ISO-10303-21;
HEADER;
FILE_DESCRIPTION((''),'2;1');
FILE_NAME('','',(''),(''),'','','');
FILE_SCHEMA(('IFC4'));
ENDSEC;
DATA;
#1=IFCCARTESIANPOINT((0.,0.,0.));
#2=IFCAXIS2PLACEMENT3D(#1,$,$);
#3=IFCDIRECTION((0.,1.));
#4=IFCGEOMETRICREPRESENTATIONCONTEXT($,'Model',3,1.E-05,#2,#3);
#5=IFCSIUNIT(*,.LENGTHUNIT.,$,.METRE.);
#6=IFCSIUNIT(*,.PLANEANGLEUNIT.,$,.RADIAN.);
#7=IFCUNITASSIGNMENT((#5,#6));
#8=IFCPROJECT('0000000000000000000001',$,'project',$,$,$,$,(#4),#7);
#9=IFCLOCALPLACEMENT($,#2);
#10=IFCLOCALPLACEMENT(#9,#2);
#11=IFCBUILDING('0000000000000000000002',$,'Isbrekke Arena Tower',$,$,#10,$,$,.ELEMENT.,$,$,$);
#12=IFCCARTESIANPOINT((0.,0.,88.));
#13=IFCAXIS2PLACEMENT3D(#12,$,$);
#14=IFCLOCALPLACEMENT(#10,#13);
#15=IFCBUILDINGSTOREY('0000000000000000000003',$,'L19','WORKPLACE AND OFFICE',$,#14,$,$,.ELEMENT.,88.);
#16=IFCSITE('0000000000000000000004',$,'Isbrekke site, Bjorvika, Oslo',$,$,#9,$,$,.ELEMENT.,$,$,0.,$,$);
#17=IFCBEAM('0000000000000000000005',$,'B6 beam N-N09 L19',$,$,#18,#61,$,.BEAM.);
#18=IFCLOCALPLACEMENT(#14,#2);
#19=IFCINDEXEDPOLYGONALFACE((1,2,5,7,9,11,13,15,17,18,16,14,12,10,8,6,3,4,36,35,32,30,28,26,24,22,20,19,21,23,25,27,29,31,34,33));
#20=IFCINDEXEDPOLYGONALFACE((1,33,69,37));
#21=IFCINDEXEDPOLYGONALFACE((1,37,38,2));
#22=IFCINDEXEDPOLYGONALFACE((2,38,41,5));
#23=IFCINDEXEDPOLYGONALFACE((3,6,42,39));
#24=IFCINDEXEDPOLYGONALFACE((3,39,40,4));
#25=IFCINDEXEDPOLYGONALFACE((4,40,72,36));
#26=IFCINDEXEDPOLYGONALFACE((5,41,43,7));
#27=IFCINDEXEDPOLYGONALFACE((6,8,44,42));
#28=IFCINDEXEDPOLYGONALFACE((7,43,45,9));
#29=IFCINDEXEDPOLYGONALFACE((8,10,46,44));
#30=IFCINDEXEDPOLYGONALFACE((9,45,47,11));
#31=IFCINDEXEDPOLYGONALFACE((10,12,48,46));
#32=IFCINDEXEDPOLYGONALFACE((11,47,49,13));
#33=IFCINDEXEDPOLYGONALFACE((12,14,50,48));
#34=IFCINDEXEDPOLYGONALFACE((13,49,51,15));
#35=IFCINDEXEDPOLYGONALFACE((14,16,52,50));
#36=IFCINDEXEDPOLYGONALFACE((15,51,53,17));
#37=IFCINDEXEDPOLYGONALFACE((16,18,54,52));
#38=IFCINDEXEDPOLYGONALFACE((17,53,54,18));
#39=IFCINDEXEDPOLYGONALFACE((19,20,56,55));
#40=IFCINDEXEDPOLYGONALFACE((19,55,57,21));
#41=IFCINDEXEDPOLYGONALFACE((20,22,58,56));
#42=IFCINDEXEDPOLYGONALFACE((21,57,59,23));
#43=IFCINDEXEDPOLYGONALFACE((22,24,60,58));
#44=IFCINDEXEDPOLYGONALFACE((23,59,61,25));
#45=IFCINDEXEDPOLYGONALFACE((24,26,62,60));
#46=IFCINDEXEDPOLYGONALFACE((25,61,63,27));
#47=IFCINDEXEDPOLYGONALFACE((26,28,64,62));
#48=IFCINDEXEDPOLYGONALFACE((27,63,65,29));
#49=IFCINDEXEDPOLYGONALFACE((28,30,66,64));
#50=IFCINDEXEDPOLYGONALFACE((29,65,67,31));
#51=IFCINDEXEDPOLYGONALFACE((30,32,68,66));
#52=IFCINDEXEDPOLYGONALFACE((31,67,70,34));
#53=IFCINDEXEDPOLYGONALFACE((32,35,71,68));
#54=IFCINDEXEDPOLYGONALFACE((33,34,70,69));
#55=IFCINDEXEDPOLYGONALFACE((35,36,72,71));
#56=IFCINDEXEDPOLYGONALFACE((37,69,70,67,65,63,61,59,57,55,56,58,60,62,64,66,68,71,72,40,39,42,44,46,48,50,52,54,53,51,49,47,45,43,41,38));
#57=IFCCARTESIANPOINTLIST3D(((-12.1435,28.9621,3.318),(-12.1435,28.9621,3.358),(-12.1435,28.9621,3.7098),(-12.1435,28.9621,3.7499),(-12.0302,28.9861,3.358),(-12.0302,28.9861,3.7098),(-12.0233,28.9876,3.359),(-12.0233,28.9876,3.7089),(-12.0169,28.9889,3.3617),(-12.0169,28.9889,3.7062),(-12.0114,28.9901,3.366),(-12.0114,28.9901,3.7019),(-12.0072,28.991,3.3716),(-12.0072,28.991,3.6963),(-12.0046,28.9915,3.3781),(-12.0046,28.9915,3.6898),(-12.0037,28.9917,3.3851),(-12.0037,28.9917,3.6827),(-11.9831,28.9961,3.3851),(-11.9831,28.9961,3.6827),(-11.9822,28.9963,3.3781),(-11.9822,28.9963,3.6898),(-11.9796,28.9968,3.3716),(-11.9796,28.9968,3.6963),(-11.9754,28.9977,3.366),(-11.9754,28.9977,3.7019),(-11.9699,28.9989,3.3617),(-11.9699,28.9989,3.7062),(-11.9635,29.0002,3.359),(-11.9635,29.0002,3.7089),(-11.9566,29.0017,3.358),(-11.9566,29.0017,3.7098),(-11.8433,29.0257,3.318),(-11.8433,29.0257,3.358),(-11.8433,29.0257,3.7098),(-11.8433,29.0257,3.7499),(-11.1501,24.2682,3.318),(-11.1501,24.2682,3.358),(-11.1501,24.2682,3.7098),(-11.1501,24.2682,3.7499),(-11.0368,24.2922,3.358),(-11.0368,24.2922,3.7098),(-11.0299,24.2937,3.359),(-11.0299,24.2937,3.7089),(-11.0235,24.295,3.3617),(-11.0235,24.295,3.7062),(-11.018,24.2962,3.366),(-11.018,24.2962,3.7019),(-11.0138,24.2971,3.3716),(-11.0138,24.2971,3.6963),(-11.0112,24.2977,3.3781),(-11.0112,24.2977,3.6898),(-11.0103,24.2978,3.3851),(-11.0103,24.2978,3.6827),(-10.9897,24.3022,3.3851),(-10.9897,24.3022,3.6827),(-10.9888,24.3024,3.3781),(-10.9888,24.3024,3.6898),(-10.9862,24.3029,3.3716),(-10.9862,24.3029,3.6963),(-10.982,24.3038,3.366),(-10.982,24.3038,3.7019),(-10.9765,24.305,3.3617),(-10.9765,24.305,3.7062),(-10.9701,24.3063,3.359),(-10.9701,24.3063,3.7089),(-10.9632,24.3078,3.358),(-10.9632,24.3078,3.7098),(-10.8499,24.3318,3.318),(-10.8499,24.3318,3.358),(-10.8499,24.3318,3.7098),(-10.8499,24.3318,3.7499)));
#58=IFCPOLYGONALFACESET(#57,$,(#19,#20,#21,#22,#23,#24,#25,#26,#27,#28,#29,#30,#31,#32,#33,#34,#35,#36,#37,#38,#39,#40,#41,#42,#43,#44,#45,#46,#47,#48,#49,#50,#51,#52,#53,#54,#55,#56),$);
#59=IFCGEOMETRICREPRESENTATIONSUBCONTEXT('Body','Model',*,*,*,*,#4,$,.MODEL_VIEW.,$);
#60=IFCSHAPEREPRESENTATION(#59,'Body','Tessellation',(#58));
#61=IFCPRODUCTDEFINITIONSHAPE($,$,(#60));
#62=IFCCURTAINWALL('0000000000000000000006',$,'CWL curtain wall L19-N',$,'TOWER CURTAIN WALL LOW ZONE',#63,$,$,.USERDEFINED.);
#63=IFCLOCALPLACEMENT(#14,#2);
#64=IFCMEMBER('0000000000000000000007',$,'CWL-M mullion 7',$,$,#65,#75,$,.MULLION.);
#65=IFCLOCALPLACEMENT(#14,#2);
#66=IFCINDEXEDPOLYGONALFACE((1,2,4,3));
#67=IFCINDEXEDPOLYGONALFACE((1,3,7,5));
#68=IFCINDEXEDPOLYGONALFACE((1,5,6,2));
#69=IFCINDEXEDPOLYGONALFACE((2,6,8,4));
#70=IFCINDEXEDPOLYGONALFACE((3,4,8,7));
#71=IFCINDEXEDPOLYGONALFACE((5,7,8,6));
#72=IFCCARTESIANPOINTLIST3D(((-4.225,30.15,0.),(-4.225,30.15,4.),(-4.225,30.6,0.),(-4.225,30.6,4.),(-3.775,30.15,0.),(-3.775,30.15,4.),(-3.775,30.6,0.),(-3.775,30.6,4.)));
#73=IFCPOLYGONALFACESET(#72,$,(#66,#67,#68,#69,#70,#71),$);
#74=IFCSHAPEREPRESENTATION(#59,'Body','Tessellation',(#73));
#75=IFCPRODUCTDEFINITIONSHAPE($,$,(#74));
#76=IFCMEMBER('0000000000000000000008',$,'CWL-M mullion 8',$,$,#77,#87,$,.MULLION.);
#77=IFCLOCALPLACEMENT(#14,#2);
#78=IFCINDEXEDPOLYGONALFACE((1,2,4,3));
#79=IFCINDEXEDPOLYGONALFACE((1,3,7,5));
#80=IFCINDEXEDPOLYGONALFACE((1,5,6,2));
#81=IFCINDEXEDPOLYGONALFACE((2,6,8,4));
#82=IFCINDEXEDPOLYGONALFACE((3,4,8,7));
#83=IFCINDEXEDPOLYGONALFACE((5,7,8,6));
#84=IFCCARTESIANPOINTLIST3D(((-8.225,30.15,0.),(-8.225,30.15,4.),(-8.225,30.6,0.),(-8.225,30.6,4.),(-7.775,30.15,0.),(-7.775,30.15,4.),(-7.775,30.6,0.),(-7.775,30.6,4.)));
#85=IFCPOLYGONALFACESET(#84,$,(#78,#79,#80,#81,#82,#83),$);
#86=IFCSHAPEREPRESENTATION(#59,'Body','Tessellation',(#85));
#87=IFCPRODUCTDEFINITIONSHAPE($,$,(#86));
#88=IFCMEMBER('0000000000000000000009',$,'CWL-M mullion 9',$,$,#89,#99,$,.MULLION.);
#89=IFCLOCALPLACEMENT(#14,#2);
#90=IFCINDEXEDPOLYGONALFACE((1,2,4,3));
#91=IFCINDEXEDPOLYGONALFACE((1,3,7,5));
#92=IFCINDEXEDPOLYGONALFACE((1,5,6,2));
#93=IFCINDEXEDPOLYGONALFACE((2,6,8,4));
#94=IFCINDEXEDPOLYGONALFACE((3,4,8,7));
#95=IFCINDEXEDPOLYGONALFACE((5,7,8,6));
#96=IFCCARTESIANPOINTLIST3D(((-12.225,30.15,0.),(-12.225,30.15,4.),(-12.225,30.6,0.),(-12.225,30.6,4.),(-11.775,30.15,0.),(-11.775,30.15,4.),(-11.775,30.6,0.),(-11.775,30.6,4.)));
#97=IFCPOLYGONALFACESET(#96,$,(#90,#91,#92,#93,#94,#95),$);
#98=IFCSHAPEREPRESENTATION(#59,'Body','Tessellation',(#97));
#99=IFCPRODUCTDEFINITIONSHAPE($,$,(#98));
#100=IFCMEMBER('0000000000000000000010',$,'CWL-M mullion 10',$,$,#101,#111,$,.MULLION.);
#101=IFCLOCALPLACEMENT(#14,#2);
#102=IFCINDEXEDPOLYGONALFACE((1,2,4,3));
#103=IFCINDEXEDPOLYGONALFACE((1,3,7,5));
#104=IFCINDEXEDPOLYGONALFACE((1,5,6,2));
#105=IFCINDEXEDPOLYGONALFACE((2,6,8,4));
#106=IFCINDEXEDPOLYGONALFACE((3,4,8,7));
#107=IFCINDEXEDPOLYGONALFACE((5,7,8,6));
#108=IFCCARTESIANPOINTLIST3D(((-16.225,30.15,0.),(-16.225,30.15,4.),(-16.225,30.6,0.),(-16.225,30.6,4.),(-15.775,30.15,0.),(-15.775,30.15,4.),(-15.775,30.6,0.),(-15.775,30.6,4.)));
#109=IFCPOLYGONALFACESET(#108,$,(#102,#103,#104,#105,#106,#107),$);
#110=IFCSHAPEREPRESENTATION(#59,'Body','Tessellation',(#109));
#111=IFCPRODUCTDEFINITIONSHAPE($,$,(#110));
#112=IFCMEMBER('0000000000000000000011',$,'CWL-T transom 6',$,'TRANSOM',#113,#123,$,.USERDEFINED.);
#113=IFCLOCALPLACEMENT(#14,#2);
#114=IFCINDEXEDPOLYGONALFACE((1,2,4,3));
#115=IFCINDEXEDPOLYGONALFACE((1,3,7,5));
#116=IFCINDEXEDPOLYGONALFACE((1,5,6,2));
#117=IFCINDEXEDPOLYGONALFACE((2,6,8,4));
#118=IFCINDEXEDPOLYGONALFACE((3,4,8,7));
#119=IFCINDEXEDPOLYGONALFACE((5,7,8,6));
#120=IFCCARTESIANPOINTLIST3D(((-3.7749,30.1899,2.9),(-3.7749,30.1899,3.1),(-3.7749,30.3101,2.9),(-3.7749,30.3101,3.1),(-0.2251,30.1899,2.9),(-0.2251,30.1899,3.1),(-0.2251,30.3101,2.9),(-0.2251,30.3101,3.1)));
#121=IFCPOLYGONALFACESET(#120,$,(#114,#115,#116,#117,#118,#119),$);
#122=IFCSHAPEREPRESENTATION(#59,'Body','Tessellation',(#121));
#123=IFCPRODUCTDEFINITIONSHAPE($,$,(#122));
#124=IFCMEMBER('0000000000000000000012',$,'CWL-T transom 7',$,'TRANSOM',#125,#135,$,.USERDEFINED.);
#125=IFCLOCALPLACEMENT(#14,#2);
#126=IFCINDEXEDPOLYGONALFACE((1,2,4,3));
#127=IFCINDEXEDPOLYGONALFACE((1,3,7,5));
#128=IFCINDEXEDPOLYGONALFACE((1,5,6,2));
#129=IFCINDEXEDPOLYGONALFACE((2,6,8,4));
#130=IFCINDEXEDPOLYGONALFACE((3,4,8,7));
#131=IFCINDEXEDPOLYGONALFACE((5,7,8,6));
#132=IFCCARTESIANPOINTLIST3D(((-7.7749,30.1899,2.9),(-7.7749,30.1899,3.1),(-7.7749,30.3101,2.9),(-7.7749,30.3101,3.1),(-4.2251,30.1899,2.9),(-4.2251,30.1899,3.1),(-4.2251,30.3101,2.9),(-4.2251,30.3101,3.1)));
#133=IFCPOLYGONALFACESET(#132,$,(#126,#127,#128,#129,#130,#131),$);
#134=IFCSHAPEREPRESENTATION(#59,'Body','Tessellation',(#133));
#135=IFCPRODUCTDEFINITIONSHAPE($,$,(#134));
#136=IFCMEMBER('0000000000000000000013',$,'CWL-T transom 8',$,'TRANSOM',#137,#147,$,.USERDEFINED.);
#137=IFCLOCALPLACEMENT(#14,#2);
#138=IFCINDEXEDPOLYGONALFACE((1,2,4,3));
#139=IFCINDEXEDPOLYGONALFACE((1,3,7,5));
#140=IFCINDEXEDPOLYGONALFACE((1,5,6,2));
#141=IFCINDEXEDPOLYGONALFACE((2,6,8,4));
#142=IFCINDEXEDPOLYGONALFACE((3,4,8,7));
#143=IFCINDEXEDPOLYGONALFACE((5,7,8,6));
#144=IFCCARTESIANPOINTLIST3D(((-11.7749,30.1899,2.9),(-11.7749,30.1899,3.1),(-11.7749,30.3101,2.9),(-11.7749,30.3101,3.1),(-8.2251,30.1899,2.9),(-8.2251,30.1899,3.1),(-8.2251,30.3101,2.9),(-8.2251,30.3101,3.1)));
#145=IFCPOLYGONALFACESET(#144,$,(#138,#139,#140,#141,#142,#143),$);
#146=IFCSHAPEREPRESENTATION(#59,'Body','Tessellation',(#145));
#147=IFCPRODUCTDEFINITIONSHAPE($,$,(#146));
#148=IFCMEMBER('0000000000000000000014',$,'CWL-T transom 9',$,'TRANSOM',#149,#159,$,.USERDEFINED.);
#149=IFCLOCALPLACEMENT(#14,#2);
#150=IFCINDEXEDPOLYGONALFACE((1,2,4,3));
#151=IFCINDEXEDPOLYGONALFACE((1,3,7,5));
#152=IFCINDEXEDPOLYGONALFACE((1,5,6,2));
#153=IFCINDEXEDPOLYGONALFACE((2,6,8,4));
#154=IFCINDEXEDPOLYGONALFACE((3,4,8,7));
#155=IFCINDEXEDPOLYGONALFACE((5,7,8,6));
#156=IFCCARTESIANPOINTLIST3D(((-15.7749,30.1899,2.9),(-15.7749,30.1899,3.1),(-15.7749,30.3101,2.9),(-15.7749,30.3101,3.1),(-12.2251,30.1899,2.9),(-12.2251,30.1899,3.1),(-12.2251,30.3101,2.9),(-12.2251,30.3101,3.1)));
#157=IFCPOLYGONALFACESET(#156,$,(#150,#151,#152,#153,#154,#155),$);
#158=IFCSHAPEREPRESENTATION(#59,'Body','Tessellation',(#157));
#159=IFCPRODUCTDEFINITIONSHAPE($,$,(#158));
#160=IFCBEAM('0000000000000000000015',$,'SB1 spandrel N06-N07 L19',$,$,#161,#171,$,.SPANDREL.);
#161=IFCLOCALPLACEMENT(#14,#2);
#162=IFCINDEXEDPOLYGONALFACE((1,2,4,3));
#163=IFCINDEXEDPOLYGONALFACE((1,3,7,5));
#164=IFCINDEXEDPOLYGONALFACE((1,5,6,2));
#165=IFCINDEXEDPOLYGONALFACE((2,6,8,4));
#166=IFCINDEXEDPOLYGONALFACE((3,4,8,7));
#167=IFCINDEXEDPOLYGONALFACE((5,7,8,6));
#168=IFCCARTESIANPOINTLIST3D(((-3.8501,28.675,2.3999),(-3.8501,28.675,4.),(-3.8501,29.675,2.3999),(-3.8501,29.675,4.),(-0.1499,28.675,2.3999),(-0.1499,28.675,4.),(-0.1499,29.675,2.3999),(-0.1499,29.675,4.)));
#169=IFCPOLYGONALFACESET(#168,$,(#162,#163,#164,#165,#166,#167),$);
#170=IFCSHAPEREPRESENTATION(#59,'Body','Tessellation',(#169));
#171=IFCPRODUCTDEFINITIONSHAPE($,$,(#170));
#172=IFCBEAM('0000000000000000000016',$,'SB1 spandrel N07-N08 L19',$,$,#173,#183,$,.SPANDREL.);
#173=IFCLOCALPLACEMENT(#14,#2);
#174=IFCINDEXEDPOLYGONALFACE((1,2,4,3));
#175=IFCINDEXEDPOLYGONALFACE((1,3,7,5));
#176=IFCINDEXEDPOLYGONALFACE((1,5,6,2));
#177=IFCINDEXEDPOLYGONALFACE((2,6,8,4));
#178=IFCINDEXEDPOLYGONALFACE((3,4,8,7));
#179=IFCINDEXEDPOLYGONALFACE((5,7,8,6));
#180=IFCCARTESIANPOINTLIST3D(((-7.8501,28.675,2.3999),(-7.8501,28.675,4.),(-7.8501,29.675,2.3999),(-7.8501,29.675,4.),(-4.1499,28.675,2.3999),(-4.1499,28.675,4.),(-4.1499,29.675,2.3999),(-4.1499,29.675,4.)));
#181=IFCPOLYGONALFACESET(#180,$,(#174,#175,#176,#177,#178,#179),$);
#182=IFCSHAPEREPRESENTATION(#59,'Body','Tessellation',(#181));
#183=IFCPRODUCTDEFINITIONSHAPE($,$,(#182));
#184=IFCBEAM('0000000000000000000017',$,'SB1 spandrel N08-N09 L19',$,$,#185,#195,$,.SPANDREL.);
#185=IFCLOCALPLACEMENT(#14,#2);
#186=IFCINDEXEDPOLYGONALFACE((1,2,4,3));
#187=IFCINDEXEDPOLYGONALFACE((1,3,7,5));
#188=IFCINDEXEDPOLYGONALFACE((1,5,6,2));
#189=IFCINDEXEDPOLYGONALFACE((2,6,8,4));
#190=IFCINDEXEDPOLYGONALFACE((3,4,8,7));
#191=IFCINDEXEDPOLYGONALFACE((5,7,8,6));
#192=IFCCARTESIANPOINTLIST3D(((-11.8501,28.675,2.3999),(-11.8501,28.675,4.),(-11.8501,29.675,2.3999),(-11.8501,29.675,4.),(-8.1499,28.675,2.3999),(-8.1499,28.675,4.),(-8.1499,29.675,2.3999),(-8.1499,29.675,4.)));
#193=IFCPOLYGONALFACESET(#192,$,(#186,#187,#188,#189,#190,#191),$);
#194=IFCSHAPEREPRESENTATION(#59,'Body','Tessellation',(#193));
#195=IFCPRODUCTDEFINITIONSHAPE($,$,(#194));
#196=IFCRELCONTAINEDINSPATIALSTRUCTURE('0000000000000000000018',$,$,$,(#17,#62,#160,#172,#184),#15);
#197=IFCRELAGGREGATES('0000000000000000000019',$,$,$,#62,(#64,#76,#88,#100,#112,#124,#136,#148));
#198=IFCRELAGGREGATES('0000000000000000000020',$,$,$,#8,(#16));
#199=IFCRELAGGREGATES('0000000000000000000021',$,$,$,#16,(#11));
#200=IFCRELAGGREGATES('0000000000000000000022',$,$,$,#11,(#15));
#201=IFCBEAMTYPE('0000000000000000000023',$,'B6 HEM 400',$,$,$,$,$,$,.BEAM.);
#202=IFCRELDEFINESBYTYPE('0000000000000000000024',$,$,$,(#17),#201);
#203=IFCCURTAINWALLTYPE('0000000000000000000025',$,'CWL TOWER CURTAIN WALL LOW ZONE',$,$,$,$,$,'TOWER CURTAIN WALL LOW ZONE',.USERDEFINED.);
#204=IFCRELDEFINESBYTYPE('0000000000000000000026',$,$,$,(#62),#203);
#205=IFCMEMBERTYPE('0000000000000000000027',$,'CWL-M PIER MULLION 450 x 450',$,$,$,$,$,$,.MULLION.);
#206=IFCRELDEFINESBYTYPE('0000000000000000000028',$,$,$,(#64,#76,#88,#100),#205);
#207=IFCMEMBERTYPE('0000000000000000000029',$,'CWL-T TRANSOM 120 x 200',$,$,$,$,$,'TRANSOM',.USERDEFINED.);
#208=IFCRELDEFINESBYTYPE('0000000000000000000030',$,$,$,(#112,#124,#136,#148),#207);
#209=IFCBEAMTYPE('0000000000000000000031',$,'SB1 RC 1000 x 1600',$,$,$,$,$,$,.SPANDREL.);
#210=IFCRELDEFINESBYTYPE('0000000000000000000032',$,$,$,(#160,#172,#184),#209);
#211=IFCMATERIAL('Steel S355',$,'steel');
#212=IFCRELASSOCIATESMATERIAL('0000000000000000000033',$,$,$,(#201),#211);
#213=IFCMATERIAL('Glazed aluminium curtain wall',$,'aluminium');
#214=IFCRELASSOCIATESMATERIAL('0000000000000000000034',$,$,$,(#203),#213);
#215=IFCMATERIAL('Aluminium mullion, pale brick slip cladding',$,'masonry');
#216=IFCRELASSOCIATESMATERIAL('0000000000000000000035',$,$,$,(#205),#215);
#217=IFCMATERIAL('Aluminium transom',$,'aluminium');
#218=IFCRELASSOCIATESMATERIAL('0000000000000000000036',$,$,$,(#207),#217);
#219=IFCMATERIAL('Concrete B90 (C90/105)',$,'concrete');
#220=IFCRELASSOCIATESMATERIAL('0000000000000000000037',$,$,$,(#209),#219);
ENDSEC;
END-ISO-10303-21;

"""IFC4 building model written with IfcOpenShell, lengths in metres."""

from ifc_helpers import new_model, si_unit, direction, frame, origin, origin_2d, place, context, subcontext, project, spatial, rectangle, i_section, extrude, material, material_profile, profile_set, type_object, element, aggregate, save


model = new_model("IFC4")

# Units and contexts
model_context = context("Model", 3, precision=1e-05, world=origin(), true_north=direction((0.0, 1.0)))
body_context = subcontext(model_context, "Body", "Model", "MODEL_VIEW")
ifc_project = project(units=[si_unit("LENGTHUNIT", "METRE"), si_unit("PLANEANGLEUNIT", "RADIAN")], contexts=[model_context])

# Site, building, storey
site_placement = place(None, origin())
site = spatial("IfcSite", under=ifc_project, at=site_placement, Name="Isbrekke site, Bjorvika, Oslo", CompositionType="ELEMENT", RefElevation=0.0)
building_placement = place(site_placement, origin())
building = spatial("IfcBuilding", under=site, at=building_placement, Name="Isbrekke Arena Tower", CompositionType="ELEMENT")
storey_placement = place(building_placement, frame((0.0, 0.0, 88.0)))
storey = spatial("IfcBuildingStorey", under=building, at=storey_placement, Name="L19", Description="WORKPLACE AND OFFICE", CompositionType="ELEMENT", Elevation=88.0)

# Beam
ifc_material_1 = material(Name="Steel S355", Category="steel")
ifc_material_profile_1 = material_profile(ifc_material_1, i_section(OverallWidth=0.3069, OverallDepth=0.4319, WebThickness=0.021, FlangeThickness=0.04, FilletRadius=0.0271, at=origin_2d()), Name="HEM 400")
ifc_profile_set_1 = profile_set([ifc_material_profile_1], Name="Steel S355")
beam_type_1 = type_object("IfcBeamType", Name="B6 HEM 400", PredefinedType="BEAM", material=ifc_profile_set_1)
beam_1_placement = place(storey_placement, frame((-11.9934, 28.9939, 3.5339), z_axis=(0.207054, -0.978329, 0.0), x_axis=(0.978329, 0.207054, 0.0)))
element("IfcBeam", 1, at=beam_1_placement, inside=storey, type_object=beam_type_1, Name="B6 beam N-N09 L19", PredefinedType="BEAM", context=body_context, shape_type="SweptSolid", body=[
    extrude(i_section(OverallWidth=0.3069, OverallDepth=0.4319, WebThickness=0.021, FlangeThickness=0.04, FilletRadius=0.0271, at=origin_2d()), origin(), (0.0, 0.0, 1.0), 4.7979),
])

# Curtain wall, members
ifc_material_2 = material(Name="Glazed aluminium curtain wall", Category="aluminium")
curtain_wall_type = type_object("IfcCurtainWallType", Name="CWL TOWER CURTAIN WALL LOW ZONE", ElementType="TOWER CURTAIN WALL LOW ZONE", PredefinedType="USERDEFINED", material=ifc_material_2)
curtain_wall_placement = place(storey_placement, origin())
curtain_wall = element("IfcCurtainWall", 2, at=curtain_wall_placement, inside=storey, type_object=curtain_wall_type, Name="CWL curtain wall L19-N", ObjectType="TOWER CURTAIN WALL LOW ZONE", PredefinedType="USERDEFINED")
ifc_material_3 = material(Name="Aluminium mullion, pale brick slip cladding", Category="masonry")
ifc_material_profile_2 = material_profile(ifc_material_3, rectangle(XDim=0.45, YDim=0.45, at=origin_2d()), Name="PIER 450X450")
ifc_profile_set_2 = profile_set([ifc_material_profile_2], Name="Aluminium mullion, pale brick slip cladding")
member_type_1 = type_object("IfcMemberType", Name="CWL-M PIER MULLION 450 x 450", PredefinedType="MULLION", material=ifc_profile_set_2)
member_1_placement = place(storey_placement, frame((-4.0, 30.375, 0.0), z_axis=(0.0, 0.0, 1.0), x_axis=(-1.0, 0.0, 0.0)))
member_1 = element("IfcMember", 3, at=member_1_placement, type_object=member_type_1, Name="CWL-M mullion 7", PredefinedType="MULLION", context=body_context, shape_type="SweptSolid", body=[
    extrude(rectangle(XDim=0.45, YDim=0.45, at=origin_2d()), origin(), (0.0, 0.0, 1.0), 4.0),
])
member_2_placement = place(storey_placement, frame((-8.0, 30.375, 0.0), z_axis=(0.0, 0.0, 1.0), x_axis=(-1.0, 0.0, 0.0)))
member_2 = element("IfcMember", 4, at=member_2_placement, type_object=member_type_1, Name="CWL-M mullion 8", PredefinedType="MULLION", context=body_context, shape_type="SweptSolid", body=[
    extrude(rectangle(XDim=0.45, YDim=0.45, at=origin_2d()), origin(), (0.0, 0.0, 1.0), 4.0),
])
member_3_placement = place(storey_placement, frame((-12.0, 30.375, 0.0), z_axis=(0.0, 0.0, 1.0), x_axis=(-1.0, 0.0, 0.0)))
member_3 = element("IfcMember", 5, at=member_3_placement, type_object=member_type_1, Name="CWL-M mullion 9", PredefinedType="MULLION", context=body_context, shape_type="SweptSolid", body=[
    extrude(rectangle(XDim=0.45, YDim=0.45, at=origin_2d()), origin(), (0.0, 0.0, 1.0), 4.0),
])
member_4_placement = place(storey_placement, frame((-16.0, 30.375, 0.0), z_axis=(0.0, 0.0, 1.0), x_axis=(-1.0, 0.0, 0.0)))
member_4 = element("IfcMember", 6, at=member_4_placement, type_object=member_type_1, Name="CWL-M mullion 10", PredefinedType="MULLION", context=body_context, shape_type="SweptSolid", body=[
    extrude(rectangle(XDim=0.45, YDim=0.45, at=origin_2d()), origin(), (0.0, 0.0, 1.0), 4.0),
])
ifc_material_4 = material(Name="Aluminium transom", Category="aluminium")
ifc_material_profile_3 = material_profile(ifc_material_4, rectangle(XDim=0.1201, YDim=0.2, at=origin_2d()), Name="TRANSOM 120X200")
ifc_profile_set_3 = profile_set([ifc_material_profile_3], Name="Aluminium transom")
member_type_2 = type_object("IfcMemberType", Name="CWL-T TRANSOM 120 x 200", ElementType="TRANSOM", PredefinedType="USERDEFINED", material=ifc_profile_set_3)
member_5_placement = place(storey_placement, frame((-0.2251, 30.25, 3.0), z_axis=(-1.0, 0.0, 0.0), x_axis=(0.0, -1.0, 0.0)))
member_5 = element("IfcMember", 7, at=member_5_placement, type_object=member_type_2, Name="CWL-T transom 6", ObjectType="TRANSOM", PredefinedType="USERDEFINED", context=body_context, shape_type="SweptSolid", body=[
    extrude(rectangle(XDim=0.1201, YDim=0.2, at=origin_2d()), origin(), (0.0, 0.0, 1.0), 3.5498),
])
member_6_placement = place(storey_placement, frame((-4.2251, 30.25, 3.0), z_axis=(-1.0, 0.0, 0.0), x_axis=(0.0, -1.0, 0.0)))
member_6 = element("IfcMember", 8, at=member_6_placement, type_object=member_type_2, Name="CWL-T transom 7", ObjectType="TRANSOM", PredefinedType="USERDEFINED", context=body_context, shape_type="SweptSolid", body=[
    extrude(rectangle(XDim=0.1201, YDim=0.2, at=origin_2d()), origin(), (0.0, 0.0, 1.0), 3.5498),
])
member_7_placement = place(storey_placement, frame((-8.2251, 30.25, 3.0), z_axis=(-1.0, 0.0, 0.0), x_axis=(0.0, -1.0, 0.0)))
member_7 = element("IfcMember", 9, at=member_7_placement, type_object=member_type_2, Name="CWL-T transom 8", ObjectType="TRANSOM", PredefinedType="USERDEFINED", context=body_context, shape_type="SweptSolid", body=[
    extrude(rectangle(XDim=0.1201, YDim=0.2, at=origin_2d()), origin(), (0.0, 0.0, 1.0), 3.5498),
])
member_8_placement = place(storey_placement, frame((-12.2251, 30.25, 3.0), z_axis=(-1.0, 0.0, 0.0), x_axis=(0.0, -1.0, 0.0)))
member_8 = element("IfcMember", 10, at=member_8_placement, type_object=member_type_2, Name="CWL-T transom 9", ObjectType="TRANSOM", PredefinedType="USERDEFINED", context=body_context, shape_type="SweptSolid", body=[
    extrude(rectangle(XDim=0.1201, YDim=0.2, at=origin_2d()), origin(), (0.0, 0.0, 1.0), 3.5498),
])

# Beams
ifc_material_5 = material(Name="Concrete B90 (C90/105)", Category="concrete")
ifc_material_profile_4 = material_profile(ifc_material_5, rectangle(XDim=1.0, YDim=1.6001, at=origin_2d()), Name="RC 1000x1600")
ifc_profile_set_4 = profile_set([ifc_material_profile_4], Name="Concrete B90 (C90/105)")
beam_type_2 = type_object("IfcBeamType", Name="SB1 RC 1000 x 1600", PredefinedType="SPANDREL", material=ifc_profile_set_4)
for number, where, z_axis, x_axis, name in (
    (11, (-0.1499, 29.175, 3.2), (-1.0, 0.0, 0.0), (0.0, -1.0, 0.0), "SB1 spandrel N06-N07 L19"),
    (12, (-4.1499, 29.175, 3.2), (-1.0, 0.0, 0.0), (0.0, -1.0, 0.0), "SB1 spandrel N07-N08 L19"),
    (13, (-8.1499, 29.175, 3.2), (-1.0, 0.0, 0.0), (0.0, -1.0, 0.0), "SB1 spandrel N08-N09 L19"),
):
    element("IfcBeam", number, at=place(storey_placement, frame(where, z_axis=z_axis, x_axis=x_axis)), inside=storey, type_object=beam_type_2, Name=name, PredefinedType="SPANDREL", context=body_context, shape_type="SweptSolid", body=[
        extrude(rectangle(XDim=1.0, YDim=1.6001, at=origin_2d()), origin(), (0.0, 0.0, 1.0), 3.7002),
    ])

aggregate(curtain_wall, [member_1, member_2, member_3, member_4, member_5, member_6, member_7, member_8])

save(model, "model.ifc")
